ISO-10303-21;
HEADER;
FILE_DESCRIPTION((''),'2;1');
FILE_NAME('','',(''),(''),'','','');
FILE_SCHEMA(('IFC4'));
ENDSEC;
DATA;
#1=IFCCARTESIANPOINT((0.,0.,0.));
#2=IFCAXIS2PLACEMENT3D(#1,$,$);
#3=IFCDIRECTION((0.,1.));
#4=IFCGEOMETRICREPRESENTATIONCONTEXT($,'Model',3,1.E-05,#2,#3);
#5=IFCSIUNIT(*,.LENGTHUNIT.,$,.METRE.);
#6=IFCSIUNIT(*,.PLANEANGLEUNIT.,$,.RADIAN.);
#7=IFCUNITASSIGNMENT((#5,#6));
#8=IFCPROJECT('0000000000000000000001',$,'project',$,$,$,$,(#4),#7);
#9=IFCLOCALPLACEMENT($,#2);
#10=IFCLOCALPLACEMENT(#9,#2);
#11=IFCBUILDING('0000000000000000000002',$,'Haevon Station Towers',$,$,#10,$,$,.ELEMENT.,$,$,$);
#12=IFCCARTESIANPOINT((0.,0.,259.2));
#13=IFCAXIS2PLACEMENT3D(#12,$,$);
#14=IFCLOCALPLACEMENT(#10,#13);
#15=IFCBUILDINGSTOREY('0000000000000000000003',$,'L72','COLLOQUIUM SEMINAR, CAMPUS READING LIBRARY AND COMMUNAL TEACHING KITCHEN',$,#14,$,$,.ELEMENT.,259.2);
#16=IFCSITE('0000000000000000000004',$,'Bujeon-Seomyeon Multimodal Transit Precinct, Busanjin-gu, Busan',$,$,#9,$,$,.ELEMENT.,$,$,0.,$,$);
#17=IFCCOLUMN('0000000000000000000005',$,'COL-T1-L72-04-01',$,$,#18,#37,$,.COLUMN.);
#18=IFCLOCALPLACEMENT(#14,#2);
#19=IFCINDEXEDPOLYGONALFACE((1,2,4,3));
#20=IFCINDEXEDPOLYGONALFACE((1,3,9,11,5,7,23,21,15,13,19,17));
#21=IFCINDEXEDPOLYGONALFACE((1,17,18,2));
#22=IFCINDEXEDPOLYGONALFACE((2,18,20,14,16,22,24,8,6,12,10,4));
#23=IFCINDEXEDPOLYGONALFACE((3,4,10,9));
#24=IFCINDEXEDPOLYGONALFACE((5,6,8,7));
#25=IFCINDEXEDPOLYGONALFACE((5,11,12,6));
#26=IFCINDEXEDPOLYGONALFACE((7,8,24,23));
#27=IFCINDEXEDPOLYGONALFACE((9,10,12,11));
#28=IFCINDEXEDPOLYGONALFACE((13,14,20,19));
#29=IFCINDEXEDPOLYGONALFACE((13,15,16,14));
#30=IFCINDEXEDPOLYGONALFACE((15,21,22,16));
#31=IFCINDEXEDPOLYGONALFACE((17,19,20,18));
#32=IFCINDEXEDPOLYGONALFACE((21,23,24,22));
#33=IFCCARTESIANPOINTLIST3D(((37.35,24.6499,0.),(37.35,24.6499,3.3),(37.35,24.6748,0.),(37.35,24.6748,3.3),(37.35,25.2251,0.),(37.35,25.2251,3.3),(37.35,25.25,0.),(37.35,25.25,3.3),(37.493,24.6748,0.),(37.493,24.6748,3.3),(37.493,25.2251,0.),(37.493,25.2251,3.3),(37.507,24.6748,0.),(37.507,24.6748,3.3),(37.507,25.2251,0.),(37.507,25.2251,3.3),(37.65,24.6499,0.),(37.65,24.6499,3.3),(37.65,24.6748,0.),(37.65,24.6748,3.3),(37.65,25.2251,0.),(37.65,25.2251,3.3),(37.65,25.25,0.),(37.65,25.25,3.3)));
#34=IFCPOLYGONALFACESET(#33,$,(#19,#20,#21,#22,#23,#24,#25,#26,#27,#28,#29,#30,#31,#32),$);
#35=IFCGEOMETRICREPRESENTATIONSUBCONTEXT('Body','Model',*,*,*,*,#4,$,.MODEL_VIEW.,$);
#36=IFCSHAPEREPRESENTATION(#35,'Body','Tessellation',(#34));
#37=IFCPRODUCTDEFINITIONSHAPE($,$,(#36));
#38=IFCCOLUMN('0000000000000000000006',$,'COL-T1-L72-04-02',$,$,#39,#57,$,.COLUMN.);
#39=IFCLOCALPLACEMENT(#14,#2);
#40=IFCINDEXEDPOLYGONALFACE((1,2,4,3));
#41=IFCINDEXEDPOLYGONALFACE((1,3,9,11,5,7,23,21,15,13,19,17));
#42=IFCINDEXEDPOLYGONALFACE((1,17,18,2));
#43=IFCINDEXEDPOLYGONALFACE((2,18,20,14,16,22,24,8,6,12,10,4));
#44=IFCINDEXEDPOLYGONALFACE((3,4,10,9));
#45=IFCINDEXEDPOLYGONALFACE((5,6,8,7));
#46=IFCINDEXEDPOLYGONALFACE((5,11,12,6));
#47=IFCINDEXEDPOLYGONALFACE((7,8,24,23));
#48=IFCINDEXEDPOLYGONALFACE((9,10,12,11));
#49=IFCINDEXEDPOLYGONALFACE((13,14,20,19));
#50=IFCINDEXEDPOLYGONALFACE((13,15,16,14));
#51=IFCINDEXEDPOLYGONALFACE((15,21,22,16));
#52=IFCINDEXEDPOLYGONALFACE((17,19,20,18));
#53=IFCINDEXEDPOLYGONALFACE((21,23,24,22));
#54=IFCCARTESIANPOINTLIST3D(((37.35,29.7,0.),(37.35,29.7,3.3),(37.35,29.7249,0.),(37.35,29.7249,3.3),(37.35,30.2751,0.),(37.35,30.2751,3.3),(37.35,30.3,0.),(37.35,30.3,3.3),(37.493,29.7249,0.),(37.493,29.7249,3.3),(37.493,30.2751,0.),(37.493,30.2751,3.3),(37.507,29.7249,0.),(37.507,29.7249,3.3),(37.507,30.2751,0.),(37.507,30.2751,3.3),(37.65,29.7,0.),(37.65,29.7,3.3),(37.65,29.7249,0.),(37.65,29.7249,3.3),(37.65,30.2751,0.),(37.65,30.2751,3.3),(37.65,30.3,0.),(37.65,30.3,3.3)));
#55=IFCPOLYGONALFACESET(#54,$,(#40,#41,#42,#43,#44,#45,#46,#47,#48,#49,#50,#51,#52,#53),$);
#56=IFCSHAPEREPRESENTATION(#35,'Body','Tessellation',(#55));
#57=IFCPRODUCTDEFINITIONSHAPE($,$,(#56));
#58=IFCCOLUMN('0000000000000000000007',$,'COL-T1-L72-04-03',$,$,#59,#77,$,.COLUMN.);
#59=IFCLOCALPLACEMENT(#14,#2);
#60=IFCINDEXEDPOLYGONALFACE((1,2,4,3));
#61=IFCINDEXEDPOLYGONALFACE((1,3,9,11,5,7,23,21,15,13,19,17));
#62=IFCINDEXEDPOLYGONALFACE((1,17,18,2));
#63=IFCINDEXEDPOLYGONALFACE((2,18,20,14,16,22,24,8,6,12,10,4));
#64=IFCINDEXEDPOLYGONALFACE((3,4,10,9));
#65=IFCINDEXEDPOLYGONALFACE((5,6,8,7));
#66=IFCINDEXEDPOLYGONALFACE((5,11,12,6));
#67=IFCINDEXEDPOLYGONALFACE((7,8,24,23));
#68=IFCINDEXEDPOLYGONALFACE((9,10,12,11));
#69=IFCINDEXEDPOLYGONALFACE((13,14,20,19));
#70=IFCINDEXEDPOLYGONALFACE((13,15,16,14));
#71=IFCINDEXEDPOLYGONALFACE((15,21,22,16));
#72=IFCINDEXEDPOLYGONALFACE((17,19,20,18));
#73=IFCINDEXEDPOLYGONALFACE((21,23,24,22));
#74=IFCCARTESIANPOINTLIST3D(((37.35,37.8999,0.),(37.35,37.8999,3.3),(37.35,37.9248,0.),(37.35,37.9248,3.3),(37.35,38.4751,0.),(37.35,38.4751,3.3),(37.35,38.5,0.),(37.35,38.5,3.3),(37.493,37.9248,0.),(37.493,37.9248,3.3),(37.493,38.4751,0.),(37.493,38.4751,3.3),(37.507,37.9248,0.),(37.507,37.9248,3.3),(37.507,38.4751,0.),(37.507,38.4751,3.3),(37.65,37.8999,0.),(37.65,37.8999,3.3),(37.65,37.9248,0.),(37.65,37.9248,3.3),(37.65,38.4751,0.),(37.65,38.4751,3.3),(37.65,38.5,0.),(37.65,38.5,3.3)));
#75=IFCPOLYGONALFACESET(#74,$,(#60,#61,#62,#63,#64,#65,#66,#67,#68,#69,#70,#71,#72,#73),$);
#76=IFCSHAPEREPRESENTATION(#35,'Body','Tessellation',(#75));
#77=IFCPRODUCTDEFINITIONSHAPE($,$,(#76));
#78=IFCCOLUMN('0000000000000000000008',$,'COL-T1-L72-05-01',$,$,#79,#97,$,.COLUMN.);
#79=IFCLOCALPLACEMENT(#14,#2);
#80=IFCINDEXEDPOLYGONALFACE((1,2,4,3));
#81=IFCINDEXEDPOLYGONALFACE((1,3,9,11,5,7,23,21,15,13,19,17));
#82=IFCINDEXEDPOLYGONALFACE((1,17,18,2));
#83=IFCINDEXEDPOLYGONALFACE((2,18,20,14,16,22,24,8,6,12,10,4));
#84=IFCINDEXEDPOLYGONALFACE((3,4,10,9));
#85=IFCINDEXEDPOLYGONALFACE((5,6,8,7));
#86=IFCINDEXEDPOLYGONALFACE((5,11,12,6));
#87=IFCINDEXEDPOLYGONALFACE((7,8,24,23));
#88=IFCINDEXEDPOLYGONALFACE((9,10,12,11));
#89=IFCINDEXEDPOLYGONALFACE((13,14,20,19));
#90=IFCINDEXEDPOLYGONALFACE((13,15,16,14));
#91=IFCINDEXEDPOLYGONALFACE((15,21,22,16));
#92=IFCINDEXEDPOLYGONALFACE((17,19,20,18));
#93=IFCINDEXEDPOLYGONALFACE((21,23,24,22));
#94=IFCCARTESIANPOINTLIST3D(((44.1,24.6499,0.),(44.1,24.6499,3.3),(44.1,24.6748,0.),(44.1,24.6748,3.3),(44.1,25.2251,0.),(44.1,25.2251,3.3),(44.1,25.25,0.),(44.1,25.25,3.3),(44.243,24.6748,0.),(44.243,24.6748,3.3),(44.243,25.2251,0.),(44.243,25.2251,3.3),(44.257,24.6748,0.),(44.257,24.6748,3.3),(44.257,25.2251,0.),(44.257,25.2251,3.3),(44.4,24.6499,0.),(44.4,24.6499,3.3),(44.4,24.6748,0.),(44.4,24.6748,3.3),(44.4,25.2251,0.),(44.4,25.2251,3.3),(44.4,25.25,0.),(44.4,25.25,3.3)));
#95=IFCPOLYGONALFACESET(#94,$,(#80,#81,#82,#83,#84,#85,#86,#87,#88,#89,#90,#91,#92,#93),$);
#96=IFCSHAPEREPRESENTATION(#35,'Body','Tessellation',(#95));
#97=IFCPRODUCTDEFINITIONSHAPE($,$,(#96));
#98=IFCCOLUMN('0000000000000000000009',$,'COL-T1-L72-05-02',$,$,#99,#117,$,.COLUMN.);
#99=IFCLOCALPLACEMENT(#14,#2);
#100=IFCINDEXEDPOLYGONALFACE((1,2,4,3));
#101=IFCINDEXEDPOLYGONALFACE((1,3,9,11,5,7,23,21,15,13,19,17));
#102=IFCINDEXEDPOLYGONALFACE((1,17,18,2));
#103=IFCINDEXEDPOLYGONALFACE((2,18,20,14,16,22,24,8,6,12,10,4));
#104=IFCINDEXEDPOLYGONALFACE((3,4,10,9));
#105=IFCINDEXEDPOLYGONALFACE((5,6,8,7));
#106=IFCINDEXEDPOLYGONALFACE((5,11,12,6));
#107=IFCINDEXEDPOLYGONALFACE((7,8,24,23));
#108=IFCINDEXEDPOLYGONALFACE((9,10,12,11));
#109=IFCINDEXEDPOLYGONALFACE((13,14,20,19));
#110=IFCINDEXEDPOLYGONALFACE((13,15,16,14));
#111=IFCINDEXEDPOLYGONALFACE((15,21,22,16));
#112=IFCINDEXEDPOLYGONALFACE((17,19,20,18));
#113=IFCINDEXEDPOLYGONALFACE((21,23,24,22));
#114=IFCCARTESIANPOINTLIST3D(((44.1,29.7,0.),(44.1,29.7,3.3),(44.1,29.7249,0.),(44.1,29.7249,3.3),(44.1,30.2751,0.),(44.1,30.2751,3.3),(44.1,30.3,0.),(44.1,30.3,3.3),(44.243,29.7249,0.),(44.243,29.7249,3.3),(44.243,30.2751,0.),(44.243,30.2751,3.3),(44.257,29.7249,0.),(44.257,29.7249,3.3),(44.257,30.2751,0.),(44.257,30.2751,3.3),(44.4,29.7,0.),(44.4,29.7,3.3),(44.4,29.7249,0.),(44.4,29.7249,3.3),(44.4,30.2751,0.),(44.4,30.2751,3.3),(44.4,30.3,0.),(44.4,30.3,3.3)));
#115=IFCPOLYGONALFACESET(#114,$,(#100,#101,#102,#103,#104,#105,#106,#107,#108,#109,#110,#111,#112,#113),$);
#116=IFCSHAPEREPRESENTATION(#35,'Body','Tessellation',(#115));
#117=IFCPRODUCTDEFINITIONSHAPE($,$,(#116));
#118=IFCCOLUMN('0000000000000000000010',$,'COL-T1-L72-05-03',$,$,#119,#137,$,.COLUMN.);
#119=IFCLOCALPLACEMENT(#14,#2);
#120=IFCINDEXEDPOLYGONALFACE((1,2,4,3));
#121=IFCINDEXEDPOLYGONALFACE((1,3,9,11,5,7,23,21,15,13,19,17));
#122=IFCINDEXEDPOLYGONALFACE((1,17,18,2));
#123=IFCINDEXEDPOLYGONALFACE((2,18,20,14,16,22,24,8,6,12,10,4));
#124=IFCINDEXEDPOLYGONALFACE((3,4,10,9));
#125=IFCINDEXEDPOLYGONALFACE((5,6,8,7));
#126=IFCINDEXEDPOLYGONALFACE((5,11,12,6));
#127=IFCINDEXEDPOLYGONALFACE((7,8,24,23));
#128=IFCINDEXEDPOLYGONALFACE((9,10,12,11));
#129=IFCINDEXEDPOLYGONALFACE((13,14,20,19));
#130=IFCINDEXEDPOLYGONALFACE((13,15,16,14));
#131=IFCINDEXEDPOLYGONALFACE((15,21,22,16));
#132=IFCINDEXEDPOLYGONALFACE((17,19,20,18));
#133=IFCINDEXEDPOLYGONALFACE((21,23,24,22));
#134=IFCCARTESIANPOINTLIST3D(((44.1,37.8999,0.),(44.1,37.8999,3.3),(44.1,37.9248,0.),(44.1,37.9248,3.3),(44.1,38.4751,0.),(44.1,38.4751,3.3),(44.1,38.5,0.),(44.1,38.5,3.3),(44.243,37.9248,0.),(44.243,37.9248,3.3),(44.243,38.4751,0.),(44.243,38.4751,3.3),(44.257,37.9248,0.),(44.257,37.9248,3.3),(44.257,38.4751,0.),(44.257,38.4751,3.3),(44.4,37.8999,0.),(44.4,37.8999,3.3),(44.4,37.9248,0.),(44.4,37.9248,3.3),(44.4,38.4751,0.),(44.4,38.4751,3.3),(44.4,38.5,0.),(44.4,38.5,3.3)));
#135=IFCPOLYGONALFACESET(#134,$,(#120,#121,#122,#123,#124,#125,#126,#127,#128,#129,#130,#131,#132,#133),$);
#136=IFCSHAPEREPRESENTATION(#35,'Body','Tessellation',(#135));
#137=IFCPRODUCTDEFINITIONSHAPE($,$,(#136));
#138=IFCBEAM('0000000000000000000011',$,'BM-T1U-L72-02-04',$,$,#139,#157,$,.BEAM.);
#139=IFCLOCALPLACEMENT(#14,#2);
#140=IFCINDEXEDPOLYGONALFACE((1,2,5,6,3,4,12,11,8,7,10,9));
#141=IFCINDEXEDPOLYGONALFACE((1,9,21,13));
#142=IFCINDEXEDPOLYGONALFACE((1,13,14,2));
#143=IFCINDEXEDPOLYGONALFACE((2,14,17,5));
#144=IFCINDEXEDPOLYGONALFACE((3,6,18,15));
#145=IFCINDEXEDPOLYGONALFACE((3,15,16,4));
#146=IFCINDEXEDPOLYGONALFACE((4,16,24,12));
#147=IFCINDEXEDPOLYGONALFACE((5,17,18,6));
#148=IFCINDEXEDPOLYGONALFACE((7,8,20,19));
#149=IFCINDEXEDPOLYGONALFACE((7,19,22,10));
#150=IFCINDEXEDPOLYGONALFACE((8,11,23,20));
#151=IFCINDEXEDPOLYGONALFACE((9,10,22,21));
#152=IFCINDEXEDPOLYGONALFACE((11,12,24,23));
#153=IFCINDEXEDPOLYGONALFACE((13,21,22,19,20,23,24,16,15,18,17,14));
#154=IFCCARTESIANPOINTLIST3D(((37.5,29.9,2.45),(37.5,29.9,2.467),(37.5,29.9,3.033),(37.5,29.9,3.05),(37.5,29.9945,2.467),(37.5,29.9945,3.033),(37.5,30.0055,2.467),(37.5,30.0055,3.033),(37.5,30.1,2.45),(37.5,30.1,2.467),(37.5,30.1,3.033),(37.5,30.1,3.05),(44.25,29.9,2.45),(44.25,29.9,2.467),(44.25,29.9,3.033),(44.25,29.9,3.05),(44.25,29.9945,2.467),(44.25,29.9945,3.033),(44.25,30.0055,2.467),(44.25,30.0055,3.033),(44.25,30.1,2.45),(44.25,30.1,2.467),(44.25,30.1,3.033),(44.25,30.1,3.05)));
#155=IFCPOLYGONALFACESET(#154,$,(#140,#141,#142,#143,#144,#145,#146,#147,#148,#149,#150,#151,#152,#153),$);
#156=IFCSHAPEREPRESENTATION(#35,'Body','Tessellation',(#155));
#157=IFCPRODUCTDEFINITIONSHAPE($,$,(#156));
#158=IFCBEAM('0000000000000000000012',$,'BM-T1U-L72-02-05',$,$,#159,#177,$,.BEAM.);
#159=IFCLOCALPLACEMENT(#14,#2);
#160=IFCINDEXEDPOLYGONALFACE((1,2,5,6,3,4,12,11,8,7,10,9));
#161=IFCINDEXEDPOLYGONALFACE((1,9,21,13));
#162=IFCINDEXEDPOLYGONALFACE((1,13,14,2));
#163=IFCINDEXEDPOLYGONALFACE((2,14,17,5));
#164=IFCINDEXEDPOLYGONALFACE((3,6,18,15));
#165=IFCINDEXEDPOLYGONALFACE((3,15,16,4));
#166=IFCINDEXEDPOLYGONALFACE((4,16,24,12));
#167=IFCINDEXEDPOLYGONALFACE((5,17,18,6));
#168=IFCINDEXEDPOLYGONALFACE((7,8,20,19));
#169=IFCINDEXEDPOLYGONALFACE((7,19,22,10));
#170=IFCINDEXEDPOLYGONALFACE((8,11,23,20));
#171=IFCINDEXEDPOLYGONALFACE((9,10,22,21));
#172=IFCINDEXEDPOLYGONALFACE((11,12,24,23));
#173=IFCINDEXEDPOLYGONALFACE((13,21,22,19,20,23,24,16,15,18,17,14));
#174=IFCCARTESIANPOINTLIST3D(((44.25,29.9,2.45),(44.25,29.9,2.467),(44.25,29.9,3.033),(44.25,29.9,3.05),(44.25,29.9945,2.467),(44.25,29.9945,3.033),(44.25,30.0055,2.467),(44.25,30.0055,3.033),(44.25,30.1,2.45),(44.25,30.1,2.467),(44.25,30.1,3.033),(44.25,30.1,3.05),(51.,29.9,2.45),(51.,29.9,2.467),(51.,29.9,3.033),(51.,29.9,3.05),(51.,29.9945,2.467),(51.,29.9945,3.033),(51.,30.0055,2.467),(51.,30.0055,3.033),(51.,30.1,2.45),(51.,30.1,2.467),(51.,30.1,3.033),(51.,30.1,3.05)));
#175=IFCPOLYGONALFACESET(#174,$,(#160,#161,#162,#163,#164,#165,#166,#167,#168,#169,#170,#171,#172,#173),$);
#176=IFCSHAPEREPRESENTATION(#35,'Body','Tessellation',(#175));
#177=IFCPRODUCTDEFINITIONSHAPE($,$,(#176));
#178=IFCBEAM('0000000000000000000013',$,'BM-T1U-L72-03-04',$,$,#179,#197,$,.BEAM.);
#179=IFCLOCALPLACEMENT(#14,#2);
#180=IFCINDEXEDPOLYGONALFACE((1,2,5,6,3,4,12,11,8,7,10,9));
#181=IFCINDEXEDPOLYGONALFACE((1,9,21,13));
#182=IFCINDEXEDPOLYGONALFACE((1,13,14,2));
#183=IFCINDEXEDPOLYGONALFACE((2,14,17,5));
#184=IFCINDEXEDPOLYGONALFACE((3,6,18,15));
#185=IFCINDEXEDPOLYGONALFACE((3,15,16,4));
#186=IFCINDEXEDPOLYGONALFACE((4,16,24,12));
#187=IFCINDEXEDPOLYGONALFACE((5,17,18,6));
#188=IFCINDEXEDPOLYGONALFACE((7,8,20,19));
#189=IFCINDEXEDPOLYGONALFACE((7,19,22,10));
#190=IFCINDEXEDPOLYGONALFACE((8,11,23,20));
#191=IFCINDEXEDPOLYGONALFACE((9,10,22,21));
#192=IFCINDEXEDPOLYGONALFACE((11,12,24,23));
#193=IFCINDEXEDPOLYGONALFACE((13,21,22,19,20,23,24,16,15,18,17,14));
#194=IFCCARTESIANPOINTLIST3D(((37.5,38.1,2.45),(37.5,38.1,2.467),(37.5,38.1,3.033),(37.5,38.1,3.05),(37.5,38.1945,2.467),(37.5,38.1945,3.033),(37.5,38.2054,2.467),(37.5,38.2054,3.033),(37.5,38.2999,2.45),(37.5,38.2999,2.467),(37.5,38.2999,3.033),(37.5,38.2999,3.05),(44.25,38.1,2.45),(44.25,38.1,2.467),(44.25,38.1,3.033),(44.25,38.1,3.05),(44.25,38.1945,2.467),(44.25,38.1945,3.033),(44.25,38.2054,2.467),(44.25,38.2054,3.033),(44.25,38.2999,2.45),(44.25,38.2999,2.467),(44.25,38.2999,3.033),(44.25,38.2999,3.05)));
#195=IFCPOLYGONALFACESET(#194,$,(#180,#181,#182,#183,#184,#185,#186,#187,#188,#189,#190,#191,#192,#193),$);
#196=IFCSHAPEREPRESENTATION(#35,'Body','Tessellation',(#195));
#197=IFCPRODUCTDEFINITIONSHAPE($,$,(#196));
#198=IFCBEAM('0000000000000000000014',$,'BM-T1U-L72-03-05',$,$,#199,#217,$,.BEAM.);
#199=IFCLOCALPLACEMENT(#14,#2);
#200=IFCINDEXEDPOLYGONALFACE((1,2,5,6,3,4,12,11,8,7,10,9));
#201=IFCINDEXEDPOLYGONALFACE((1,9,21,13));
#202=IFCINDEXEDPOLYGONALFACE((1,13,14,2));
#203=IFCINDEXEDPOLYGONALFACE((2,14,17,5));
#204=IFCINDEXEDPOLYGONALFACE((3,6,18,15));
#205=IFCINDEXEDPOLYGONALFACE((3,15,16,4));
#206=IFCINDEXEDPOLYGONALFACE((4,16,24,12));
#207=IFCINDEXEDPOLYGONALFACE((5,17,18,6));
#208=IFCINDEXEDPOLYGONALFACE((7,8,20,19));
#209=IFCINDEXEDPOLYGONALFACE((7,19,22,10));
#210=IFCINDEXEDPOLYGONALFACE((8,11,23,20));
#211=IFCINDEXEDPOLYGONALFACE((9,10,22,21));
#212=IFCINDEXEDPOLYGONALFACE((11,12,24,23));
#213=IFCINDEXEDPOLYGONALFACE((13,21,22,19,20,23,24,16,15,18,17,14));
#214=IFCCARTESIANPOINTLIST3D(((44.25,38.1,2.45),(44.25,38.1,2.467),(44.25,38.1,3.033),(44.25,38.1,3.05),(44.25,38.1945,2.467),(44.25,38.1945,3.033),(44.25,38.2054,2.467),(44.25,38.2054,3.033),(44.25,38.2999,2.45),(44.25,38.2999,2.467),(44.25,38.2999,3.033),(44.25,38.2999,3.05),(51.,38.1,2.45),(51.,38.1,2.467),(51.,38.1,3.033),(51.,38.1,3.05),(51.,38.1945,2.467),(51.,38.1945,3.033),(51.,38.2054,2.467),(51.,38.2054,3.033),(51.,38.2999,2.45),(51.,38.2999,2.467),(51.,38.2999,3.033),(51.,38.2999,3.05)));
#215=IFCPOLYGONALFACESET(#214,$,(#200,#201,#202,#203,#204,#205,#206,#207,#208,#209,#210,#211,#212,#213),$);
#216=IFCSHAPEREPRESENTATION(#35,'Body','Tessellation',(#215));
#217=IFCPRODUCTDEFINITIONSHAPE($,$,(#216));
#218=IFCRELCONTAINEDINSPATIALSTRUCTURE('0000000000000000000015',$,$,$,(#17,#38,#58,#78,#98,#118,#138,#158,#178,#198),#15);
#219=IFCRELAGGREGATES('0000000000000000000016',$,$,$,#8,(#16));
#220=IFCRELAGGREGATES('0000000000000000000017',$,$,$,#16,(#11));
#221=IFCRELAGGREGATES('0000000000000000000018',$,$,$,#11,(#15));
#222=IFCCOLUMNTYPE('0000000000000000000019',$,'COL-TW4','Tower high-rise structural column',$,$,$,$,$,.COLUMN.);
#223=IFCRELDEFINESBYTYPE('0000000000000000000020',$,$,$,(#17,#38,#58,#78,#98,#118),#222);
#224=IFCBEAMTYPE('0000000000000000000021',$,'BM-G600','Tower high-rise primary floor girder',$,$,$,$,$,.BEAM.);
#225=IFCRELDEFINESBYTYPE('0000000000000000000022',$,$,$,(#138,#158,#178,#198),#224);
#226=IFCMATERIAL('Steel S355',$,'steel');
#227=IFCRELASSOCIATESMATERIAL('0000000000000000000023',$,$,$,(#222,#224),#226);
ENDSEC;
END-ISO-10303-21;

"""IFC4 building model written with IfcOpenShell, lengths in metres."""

from ifc_helpers import new_model, si_unit, direction, frame, origin, origin_2d, place, context, subcontext, project, spatial, i_section, extrude, material, material_profile, profile_set, type_object, element, save


model = new_model("IFC4")

# Units and contexts
model_context = context("Model", 3, precision=1e-05, world=origin(), true_north=direction((0.0, 1.0)))
body_context = subcontext(model_context, "Body", "Model", "MODEL_VIEW")
ifc_project = project(units=[si_unit("LENGTHUNIT", "METRE"), si_unit("PLANEANGLEUNIT", "RADIAN")], contexts=[model_context])

# Site, building, storey
site_placement = place(None, origin())
site = spatial("IfcSite", under=ifc_project, at=site_placement, Name="Bujeon-Seomyeon Multimodal Transit Precinct, Busanjin-gu, Busan", CompositionType="ELEMENT", RefElevation=0.0)
building_placement = place(site_placement, origin())
building = spatial("IfcBuilding", under=site, at=building_placement, Name="Haevon Station Towers", CompositionType="ELEMENT")
storey_placement = place(building_placement, frame((0.0, 0.0, 259.2)))
storey = spatial("IfcBuildingStorey", under=building, at=storey_placement, Name="L72", Description="COLLOQUIUM SEMINAR, CAMPUS READING LIBRARY AND COMMUNAL TEACHING KITCHEN", CompositionType="ELEMENT", Elevation=259.2)

# Columns
ifc_material_1 = material(Name="Steel S355", Category="steel")
ifc_material_profile_1 = material_profile(ifc_material_1, i_section(OverallWidth=0.3, OverallDepth=0.6001, WebThickness=0.0139, FlangeThickness=0.0249, at=origin_2d()), Name="H-600x300x14x25")
ifc_profile_set_1 = profile_set([ifc_material_profile_1], Name="Steel S355")
column_type = type_object("IfcColumnType", Name="COL-TW4", Description="Tower high-rise structural column", PredefinedType="COLUMN", material=ifc_profile_set_1)
for number, where, z_axis, x_axis, name in (
    (1, (37.5, 24.95, 0.0), (0.0, 0.0, 1.0), (1.0, 0.0, 0.0), "COL-T1-L72-04-01"),
    (2, (37.5, 30.0, 0.0), (0.0, 0.0, 1.0), (1.0, 0.0, 0.0), "COL-T1-L72-04-02"),
    (3, (37.5, 38.2, 0.0), (0.0, 0.0, 1.0), (1.0, 0.0, 0.0), "COL-T1-L72-04-03"),
    (4, (44.25, 24.95, 0.0), (0.0, 0.0, 1.0), (1.0, 0.0, 0.0), "COL-T1-L72-05-01"),
    (5, (44.25, 30.0, 0.0), (0.0, 0.0, 1.0), (1.0, 0.0, 0.0), "COL-T1-L72-05-02"),
    (6, (44.25, 38.2, 0.0), (0.0, 0.0, 1.0), (1.0, 0.0, 0.0), "COL-T1-L72-05-03"),
):
    element("IfcColumn", number, at=place(storey_placement, frame(where, z_axis=z_axis, x_axis=x_axis)), inside=storey, type_object=column_type, Name=name, PredefinedType="COLUMN", context=body_context, shape_type="SweptSolid", body=[
        extrude(i_section(OverallWidth=0.3, OverallDepth=0.6001, WebThickness=0.0139, FlangeThickness=0.0249, at=origin_2d()), origin(), (0.0, 0.0, 1.0), 3.3),
    ])

# Beams
ifc_material_profile_2 = material_profile(ifc_material_1, i_section(OverallWidth=0.2, OverallDepth=0.6001, WebThickness=0.011, FlangeThickness=0.0171, at=origin_2d()), Name="H-600x200x11x17")
ifc_profile_set_2 = profile_set([ifc_material_profile_2], Name="Steel S355")
beam_type_1 = type_object("IfcBeamType", Name="BM-G600", Description="Tower high-rise primary floor girder", PredefinedType="BEAM", material=ifc_profile_set_2)
for number, where, z_axis, x_axis, name in (
    (7, (37.5, 30.0, 2.75), (1.0, 0.0, 0.0), (0.0, 1.0, 0.0), "BM-T1U-L72-02-04"),
    (8, (44.25, 30.0, 2.75), (1.0, 0.0, 0.0), (0.0, 1.0, 0.0), "BM-T1U-L72-02-05"),
    (9, (37.5, 38.2, 2.75), (1.0, 0.0, 0.0), (0.0, 1.0, 0.0), "BM-T1U-L72-03-04"),
    (10, (44.25, 38.2, 2.75), (1.0, 0.0, 0.0), (0.0, 1.0, 0.0), "BM-T1U-L72-03-05"),
):
    element("IfcBeam", number, at=place(storey_placement, frame(where, z_axis=z_axis, x_axis=x_axis)), inside=storey, type_object=beam_type_1, Name=name, PredefinedType="BEAM", context=body_context, shape_type="SweptSolid", body=[
        extrude(i_section(OverallWidth=0.2, OverallDepth=0.6001, WebThickness=0.011, FlangeThickness=0.0171, at=origin_2d()), origin(), (0.0, 0.0, 1.0), 6.75),
    ])

save(model, "model.ifc")
